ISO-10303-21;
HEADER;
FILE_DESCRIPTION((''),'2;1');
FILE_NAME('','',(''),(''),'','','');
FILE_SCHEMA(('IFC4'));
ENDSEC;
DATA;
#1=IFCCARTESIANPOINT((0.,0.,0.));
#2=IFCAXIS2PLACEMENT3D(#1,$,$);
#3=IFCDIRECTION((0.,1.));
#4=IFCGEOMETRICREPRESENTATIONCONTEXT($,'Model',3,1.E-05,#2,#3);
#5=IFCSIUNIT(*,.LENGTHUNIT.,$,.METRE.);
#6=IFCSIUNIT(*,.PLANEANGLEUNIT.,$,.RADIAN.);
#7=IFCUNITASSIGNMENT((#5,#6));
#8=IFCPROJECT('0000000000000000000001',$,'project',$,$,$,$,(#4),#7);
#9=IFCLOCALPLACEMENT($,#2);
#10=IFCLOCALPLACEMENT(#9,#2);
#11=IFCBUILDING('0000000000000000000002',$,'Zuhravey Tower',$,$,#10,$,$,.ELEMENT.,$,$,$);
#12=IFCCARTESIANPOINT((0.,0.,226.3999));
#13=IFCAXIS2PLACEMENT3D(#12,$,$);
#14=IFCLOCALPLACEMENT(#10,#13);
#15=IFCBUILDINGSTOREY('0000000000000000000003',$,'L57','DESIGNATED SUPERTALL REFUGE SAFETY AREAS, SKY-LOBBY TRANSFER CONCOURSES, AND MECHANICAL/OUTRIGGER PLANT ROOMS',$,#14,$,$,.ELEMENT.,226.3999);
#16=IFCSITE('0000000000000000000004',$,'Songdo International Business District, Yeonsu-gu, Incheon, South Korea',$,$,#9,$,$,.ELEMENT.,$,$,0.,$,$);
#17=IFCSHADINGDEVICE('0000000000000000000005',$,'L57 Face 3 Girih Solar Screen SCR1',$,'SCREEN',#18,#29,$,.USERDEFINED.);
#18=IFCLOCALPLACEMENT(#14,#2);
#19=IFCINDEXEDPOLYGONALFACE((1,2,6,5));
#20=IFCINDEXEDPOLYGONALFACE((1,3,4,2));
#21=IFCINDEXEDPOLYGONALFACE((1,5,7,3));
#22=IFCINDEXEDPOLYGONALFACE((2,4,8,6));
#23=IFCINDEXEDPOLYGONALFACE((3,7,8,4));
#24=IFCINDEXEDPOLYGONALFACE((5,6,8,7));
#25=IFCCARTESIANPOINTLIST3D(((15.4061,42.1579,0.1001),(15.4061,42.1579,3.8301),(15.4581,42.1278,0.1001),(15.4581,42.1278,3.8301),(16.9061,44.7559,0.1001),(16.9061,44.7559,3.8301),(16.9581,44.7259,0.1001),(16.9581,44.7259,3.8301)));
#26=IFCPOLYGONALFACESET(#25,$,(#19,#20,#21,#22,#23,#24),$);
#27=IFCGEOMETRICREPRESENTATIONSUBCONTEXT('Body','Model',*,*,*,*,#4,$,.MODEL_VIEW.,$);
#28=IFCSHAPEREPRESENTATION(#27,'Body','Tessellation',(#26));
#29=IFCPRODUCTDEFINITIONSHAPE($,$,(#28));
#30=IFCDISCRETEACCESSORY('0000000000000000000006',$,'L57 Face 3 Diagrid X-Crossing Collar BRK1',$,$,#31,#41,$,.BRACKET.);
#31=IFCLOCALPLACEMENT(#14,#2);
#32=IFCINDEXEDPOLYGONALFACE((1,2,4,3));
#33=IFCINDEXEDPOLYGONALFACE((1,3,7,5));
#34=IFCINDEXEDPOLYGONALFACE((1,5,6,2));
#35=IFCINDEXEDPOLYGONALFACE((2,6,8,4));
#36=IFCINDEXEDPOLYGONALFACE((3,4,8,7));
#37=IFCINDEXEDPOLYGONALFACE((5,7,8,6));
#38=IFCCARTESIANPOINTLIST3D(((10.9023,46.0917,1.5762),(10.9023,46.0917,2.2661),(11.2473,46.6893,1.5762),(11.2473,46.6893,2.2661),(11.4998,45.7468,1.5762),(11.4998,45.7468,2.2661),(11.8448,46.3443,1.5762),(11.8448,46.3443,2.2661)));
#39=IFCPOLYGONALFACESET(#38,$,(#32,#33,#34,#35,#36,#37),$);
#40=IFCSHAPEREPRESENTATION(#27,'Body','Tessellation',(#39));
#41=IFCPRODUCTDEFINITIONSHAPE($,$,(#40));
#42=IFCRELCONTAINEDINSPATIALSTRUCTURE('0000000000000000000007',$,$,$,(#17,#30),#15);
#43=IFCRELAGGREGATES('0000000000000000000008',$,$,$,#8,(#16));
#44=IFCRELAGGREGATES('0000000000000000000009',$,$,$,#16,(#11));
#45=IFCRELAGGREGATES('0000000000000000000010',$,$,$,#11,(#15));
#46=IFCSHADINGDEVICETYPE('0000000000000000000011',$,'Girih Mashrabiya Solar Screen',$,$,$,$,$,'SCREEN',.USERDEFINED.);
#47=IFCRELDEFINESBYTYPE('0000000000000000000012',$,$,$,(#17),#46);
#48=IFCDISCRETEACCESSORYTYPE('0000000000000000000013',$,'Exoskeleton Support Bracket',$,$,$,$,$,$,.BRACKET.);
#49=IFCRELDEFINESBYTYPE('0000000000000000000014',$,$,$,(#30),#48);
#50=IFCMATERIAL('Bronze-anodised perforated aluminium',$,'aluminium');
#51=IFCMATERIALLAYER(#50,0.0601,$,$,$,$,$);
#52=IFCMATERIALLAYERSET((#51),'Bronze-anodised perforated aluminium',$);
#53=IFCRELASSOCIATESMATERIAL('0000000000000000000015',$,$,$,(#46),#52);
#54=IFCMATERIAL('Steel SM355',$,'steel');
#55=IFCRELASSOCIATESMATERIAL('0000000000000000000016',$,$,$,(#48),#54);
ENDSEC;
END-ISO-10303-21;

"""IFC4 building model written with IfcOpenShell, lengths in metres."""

from ifc_helpers import new_model, si_unit, direction, frame, origin, origin_2d, place, context, subcontext, project, spatial, rectangle, extrude, material, layer, layer_set, type_object, element, save


model = new_model("IFC4")

# Units and contexts
model_context = context("Model", 3, precision=1e-05, world=origin(), true_north=direction((0.0, 1.0)))
body_context = subcontext(model_context, "Body", "Model", "MODEL_VIEW")
ifc_project = project(units=[si_unit("LENGTHUNIT", "METRE"), si_unit("PLANEANGLEUNIT", "RADIAN")], contexts=[model_context])

# Site, building, storey
site_placement = place(None, origin())
site = spatial("IfcSite", under=ifc_project, at=site_placement, Name="Songdo International Business District, Yeonsu-gu, Incheon, South Korea", CompositionType="ELEMENT", RefElevation=0.0)
building_placement = place(site_placement, origin())
building = spatial("IfcBuilding", under=site, at=building_placement, Name="Zuhravey Tower", CompositionType="ELEMENT")
storey_placement = place(building_placement, frame((0.0, 0.0, 226.3999)))
storey = spatial("IfcBuildingStorey", under=building, at=storey_placement, Name="L57", Description="DESIGNATED SUPERTALL REFUGE SAFETY AREAS, SKY-LOBBY TRANSFER CONCOURSES, AND MECHANICAL/OUTRIGGER PLANT ROOMS", CompositionType="ELEMENT", Elevation=226.3999)

# Shared definitions
ifc_material_1 = material(Name="Steel SM355", Category="steel")

# Shading device
ifc_material_2 = material(Name="Bronze-anodised perforated aluminium", Category="aluminium")
ifc_layer_1 = layer(ifc_material_2, 0.0601)
ifc_layer_set_1 = layer_set([ifc_layer_1], Name="Bronze-anodised perforated aluminium")
shading_device_type = type_object("IfcShadingDeviceType", Name="Girih Mashrabiya Solar Screen", ElementType="SCREEN", PredefinedType="USERDEFINED", material=ifc_layer_set_1)
shading_device_placement = place(storey_placement, frame((16.1821, 43.4419, 0.1001), z_axis=(0.0, 0.0, 1.0), x_axis=(0.5, 0.866025, 0.0)))
element("IfcShadingDevice", 1, at=shading_device_placement, inside=storey, type_object=shading_device_type, Name="L57 Face 3 Girih Solar Screen SCR1", ObjectType="SCREEN", PredefinedType="USERDEFINED", context=body_context, shape_type="SweptSolid", body=[
    extrude(rectangle(XDim=3.0, YDim=0.0601, at=origin_2d()), origin(), (0.0, 0.0, 1.0), 3.73),
])

# Discrete accessory
discrete_accessory_type = type_object("IfcDiscreteAccessoryType", Name="Exoskeleton Support Bracket", PredefinedType="BRACKET", material=ifc_material_1)
discrete_accessory_placement = place(storey_placement, frame((11.3735, 46.218, 1.5762), z_axis=(0.0, 0.0, 1.0), x_axis=(-0.5, -0.866025, 0.0)))
element("IfcDiscreteAccessory", 2, at=discrete_accessory_placement, inside=storey, type_object=discrete_accessory_type, Name="L57 Face 3 Diagrid X-Crossing Collar BRK1", PredefinedType="BRACKET", context=body_context, shape_type="SweptSolid", body=[
    extrude(rectangle(XDim=0.6899, YDim=0.6899, at=origin_2d()), origin(), (0.0, 0.0, 1.0), 0.6899),
])

save(model, "model.ifc")
